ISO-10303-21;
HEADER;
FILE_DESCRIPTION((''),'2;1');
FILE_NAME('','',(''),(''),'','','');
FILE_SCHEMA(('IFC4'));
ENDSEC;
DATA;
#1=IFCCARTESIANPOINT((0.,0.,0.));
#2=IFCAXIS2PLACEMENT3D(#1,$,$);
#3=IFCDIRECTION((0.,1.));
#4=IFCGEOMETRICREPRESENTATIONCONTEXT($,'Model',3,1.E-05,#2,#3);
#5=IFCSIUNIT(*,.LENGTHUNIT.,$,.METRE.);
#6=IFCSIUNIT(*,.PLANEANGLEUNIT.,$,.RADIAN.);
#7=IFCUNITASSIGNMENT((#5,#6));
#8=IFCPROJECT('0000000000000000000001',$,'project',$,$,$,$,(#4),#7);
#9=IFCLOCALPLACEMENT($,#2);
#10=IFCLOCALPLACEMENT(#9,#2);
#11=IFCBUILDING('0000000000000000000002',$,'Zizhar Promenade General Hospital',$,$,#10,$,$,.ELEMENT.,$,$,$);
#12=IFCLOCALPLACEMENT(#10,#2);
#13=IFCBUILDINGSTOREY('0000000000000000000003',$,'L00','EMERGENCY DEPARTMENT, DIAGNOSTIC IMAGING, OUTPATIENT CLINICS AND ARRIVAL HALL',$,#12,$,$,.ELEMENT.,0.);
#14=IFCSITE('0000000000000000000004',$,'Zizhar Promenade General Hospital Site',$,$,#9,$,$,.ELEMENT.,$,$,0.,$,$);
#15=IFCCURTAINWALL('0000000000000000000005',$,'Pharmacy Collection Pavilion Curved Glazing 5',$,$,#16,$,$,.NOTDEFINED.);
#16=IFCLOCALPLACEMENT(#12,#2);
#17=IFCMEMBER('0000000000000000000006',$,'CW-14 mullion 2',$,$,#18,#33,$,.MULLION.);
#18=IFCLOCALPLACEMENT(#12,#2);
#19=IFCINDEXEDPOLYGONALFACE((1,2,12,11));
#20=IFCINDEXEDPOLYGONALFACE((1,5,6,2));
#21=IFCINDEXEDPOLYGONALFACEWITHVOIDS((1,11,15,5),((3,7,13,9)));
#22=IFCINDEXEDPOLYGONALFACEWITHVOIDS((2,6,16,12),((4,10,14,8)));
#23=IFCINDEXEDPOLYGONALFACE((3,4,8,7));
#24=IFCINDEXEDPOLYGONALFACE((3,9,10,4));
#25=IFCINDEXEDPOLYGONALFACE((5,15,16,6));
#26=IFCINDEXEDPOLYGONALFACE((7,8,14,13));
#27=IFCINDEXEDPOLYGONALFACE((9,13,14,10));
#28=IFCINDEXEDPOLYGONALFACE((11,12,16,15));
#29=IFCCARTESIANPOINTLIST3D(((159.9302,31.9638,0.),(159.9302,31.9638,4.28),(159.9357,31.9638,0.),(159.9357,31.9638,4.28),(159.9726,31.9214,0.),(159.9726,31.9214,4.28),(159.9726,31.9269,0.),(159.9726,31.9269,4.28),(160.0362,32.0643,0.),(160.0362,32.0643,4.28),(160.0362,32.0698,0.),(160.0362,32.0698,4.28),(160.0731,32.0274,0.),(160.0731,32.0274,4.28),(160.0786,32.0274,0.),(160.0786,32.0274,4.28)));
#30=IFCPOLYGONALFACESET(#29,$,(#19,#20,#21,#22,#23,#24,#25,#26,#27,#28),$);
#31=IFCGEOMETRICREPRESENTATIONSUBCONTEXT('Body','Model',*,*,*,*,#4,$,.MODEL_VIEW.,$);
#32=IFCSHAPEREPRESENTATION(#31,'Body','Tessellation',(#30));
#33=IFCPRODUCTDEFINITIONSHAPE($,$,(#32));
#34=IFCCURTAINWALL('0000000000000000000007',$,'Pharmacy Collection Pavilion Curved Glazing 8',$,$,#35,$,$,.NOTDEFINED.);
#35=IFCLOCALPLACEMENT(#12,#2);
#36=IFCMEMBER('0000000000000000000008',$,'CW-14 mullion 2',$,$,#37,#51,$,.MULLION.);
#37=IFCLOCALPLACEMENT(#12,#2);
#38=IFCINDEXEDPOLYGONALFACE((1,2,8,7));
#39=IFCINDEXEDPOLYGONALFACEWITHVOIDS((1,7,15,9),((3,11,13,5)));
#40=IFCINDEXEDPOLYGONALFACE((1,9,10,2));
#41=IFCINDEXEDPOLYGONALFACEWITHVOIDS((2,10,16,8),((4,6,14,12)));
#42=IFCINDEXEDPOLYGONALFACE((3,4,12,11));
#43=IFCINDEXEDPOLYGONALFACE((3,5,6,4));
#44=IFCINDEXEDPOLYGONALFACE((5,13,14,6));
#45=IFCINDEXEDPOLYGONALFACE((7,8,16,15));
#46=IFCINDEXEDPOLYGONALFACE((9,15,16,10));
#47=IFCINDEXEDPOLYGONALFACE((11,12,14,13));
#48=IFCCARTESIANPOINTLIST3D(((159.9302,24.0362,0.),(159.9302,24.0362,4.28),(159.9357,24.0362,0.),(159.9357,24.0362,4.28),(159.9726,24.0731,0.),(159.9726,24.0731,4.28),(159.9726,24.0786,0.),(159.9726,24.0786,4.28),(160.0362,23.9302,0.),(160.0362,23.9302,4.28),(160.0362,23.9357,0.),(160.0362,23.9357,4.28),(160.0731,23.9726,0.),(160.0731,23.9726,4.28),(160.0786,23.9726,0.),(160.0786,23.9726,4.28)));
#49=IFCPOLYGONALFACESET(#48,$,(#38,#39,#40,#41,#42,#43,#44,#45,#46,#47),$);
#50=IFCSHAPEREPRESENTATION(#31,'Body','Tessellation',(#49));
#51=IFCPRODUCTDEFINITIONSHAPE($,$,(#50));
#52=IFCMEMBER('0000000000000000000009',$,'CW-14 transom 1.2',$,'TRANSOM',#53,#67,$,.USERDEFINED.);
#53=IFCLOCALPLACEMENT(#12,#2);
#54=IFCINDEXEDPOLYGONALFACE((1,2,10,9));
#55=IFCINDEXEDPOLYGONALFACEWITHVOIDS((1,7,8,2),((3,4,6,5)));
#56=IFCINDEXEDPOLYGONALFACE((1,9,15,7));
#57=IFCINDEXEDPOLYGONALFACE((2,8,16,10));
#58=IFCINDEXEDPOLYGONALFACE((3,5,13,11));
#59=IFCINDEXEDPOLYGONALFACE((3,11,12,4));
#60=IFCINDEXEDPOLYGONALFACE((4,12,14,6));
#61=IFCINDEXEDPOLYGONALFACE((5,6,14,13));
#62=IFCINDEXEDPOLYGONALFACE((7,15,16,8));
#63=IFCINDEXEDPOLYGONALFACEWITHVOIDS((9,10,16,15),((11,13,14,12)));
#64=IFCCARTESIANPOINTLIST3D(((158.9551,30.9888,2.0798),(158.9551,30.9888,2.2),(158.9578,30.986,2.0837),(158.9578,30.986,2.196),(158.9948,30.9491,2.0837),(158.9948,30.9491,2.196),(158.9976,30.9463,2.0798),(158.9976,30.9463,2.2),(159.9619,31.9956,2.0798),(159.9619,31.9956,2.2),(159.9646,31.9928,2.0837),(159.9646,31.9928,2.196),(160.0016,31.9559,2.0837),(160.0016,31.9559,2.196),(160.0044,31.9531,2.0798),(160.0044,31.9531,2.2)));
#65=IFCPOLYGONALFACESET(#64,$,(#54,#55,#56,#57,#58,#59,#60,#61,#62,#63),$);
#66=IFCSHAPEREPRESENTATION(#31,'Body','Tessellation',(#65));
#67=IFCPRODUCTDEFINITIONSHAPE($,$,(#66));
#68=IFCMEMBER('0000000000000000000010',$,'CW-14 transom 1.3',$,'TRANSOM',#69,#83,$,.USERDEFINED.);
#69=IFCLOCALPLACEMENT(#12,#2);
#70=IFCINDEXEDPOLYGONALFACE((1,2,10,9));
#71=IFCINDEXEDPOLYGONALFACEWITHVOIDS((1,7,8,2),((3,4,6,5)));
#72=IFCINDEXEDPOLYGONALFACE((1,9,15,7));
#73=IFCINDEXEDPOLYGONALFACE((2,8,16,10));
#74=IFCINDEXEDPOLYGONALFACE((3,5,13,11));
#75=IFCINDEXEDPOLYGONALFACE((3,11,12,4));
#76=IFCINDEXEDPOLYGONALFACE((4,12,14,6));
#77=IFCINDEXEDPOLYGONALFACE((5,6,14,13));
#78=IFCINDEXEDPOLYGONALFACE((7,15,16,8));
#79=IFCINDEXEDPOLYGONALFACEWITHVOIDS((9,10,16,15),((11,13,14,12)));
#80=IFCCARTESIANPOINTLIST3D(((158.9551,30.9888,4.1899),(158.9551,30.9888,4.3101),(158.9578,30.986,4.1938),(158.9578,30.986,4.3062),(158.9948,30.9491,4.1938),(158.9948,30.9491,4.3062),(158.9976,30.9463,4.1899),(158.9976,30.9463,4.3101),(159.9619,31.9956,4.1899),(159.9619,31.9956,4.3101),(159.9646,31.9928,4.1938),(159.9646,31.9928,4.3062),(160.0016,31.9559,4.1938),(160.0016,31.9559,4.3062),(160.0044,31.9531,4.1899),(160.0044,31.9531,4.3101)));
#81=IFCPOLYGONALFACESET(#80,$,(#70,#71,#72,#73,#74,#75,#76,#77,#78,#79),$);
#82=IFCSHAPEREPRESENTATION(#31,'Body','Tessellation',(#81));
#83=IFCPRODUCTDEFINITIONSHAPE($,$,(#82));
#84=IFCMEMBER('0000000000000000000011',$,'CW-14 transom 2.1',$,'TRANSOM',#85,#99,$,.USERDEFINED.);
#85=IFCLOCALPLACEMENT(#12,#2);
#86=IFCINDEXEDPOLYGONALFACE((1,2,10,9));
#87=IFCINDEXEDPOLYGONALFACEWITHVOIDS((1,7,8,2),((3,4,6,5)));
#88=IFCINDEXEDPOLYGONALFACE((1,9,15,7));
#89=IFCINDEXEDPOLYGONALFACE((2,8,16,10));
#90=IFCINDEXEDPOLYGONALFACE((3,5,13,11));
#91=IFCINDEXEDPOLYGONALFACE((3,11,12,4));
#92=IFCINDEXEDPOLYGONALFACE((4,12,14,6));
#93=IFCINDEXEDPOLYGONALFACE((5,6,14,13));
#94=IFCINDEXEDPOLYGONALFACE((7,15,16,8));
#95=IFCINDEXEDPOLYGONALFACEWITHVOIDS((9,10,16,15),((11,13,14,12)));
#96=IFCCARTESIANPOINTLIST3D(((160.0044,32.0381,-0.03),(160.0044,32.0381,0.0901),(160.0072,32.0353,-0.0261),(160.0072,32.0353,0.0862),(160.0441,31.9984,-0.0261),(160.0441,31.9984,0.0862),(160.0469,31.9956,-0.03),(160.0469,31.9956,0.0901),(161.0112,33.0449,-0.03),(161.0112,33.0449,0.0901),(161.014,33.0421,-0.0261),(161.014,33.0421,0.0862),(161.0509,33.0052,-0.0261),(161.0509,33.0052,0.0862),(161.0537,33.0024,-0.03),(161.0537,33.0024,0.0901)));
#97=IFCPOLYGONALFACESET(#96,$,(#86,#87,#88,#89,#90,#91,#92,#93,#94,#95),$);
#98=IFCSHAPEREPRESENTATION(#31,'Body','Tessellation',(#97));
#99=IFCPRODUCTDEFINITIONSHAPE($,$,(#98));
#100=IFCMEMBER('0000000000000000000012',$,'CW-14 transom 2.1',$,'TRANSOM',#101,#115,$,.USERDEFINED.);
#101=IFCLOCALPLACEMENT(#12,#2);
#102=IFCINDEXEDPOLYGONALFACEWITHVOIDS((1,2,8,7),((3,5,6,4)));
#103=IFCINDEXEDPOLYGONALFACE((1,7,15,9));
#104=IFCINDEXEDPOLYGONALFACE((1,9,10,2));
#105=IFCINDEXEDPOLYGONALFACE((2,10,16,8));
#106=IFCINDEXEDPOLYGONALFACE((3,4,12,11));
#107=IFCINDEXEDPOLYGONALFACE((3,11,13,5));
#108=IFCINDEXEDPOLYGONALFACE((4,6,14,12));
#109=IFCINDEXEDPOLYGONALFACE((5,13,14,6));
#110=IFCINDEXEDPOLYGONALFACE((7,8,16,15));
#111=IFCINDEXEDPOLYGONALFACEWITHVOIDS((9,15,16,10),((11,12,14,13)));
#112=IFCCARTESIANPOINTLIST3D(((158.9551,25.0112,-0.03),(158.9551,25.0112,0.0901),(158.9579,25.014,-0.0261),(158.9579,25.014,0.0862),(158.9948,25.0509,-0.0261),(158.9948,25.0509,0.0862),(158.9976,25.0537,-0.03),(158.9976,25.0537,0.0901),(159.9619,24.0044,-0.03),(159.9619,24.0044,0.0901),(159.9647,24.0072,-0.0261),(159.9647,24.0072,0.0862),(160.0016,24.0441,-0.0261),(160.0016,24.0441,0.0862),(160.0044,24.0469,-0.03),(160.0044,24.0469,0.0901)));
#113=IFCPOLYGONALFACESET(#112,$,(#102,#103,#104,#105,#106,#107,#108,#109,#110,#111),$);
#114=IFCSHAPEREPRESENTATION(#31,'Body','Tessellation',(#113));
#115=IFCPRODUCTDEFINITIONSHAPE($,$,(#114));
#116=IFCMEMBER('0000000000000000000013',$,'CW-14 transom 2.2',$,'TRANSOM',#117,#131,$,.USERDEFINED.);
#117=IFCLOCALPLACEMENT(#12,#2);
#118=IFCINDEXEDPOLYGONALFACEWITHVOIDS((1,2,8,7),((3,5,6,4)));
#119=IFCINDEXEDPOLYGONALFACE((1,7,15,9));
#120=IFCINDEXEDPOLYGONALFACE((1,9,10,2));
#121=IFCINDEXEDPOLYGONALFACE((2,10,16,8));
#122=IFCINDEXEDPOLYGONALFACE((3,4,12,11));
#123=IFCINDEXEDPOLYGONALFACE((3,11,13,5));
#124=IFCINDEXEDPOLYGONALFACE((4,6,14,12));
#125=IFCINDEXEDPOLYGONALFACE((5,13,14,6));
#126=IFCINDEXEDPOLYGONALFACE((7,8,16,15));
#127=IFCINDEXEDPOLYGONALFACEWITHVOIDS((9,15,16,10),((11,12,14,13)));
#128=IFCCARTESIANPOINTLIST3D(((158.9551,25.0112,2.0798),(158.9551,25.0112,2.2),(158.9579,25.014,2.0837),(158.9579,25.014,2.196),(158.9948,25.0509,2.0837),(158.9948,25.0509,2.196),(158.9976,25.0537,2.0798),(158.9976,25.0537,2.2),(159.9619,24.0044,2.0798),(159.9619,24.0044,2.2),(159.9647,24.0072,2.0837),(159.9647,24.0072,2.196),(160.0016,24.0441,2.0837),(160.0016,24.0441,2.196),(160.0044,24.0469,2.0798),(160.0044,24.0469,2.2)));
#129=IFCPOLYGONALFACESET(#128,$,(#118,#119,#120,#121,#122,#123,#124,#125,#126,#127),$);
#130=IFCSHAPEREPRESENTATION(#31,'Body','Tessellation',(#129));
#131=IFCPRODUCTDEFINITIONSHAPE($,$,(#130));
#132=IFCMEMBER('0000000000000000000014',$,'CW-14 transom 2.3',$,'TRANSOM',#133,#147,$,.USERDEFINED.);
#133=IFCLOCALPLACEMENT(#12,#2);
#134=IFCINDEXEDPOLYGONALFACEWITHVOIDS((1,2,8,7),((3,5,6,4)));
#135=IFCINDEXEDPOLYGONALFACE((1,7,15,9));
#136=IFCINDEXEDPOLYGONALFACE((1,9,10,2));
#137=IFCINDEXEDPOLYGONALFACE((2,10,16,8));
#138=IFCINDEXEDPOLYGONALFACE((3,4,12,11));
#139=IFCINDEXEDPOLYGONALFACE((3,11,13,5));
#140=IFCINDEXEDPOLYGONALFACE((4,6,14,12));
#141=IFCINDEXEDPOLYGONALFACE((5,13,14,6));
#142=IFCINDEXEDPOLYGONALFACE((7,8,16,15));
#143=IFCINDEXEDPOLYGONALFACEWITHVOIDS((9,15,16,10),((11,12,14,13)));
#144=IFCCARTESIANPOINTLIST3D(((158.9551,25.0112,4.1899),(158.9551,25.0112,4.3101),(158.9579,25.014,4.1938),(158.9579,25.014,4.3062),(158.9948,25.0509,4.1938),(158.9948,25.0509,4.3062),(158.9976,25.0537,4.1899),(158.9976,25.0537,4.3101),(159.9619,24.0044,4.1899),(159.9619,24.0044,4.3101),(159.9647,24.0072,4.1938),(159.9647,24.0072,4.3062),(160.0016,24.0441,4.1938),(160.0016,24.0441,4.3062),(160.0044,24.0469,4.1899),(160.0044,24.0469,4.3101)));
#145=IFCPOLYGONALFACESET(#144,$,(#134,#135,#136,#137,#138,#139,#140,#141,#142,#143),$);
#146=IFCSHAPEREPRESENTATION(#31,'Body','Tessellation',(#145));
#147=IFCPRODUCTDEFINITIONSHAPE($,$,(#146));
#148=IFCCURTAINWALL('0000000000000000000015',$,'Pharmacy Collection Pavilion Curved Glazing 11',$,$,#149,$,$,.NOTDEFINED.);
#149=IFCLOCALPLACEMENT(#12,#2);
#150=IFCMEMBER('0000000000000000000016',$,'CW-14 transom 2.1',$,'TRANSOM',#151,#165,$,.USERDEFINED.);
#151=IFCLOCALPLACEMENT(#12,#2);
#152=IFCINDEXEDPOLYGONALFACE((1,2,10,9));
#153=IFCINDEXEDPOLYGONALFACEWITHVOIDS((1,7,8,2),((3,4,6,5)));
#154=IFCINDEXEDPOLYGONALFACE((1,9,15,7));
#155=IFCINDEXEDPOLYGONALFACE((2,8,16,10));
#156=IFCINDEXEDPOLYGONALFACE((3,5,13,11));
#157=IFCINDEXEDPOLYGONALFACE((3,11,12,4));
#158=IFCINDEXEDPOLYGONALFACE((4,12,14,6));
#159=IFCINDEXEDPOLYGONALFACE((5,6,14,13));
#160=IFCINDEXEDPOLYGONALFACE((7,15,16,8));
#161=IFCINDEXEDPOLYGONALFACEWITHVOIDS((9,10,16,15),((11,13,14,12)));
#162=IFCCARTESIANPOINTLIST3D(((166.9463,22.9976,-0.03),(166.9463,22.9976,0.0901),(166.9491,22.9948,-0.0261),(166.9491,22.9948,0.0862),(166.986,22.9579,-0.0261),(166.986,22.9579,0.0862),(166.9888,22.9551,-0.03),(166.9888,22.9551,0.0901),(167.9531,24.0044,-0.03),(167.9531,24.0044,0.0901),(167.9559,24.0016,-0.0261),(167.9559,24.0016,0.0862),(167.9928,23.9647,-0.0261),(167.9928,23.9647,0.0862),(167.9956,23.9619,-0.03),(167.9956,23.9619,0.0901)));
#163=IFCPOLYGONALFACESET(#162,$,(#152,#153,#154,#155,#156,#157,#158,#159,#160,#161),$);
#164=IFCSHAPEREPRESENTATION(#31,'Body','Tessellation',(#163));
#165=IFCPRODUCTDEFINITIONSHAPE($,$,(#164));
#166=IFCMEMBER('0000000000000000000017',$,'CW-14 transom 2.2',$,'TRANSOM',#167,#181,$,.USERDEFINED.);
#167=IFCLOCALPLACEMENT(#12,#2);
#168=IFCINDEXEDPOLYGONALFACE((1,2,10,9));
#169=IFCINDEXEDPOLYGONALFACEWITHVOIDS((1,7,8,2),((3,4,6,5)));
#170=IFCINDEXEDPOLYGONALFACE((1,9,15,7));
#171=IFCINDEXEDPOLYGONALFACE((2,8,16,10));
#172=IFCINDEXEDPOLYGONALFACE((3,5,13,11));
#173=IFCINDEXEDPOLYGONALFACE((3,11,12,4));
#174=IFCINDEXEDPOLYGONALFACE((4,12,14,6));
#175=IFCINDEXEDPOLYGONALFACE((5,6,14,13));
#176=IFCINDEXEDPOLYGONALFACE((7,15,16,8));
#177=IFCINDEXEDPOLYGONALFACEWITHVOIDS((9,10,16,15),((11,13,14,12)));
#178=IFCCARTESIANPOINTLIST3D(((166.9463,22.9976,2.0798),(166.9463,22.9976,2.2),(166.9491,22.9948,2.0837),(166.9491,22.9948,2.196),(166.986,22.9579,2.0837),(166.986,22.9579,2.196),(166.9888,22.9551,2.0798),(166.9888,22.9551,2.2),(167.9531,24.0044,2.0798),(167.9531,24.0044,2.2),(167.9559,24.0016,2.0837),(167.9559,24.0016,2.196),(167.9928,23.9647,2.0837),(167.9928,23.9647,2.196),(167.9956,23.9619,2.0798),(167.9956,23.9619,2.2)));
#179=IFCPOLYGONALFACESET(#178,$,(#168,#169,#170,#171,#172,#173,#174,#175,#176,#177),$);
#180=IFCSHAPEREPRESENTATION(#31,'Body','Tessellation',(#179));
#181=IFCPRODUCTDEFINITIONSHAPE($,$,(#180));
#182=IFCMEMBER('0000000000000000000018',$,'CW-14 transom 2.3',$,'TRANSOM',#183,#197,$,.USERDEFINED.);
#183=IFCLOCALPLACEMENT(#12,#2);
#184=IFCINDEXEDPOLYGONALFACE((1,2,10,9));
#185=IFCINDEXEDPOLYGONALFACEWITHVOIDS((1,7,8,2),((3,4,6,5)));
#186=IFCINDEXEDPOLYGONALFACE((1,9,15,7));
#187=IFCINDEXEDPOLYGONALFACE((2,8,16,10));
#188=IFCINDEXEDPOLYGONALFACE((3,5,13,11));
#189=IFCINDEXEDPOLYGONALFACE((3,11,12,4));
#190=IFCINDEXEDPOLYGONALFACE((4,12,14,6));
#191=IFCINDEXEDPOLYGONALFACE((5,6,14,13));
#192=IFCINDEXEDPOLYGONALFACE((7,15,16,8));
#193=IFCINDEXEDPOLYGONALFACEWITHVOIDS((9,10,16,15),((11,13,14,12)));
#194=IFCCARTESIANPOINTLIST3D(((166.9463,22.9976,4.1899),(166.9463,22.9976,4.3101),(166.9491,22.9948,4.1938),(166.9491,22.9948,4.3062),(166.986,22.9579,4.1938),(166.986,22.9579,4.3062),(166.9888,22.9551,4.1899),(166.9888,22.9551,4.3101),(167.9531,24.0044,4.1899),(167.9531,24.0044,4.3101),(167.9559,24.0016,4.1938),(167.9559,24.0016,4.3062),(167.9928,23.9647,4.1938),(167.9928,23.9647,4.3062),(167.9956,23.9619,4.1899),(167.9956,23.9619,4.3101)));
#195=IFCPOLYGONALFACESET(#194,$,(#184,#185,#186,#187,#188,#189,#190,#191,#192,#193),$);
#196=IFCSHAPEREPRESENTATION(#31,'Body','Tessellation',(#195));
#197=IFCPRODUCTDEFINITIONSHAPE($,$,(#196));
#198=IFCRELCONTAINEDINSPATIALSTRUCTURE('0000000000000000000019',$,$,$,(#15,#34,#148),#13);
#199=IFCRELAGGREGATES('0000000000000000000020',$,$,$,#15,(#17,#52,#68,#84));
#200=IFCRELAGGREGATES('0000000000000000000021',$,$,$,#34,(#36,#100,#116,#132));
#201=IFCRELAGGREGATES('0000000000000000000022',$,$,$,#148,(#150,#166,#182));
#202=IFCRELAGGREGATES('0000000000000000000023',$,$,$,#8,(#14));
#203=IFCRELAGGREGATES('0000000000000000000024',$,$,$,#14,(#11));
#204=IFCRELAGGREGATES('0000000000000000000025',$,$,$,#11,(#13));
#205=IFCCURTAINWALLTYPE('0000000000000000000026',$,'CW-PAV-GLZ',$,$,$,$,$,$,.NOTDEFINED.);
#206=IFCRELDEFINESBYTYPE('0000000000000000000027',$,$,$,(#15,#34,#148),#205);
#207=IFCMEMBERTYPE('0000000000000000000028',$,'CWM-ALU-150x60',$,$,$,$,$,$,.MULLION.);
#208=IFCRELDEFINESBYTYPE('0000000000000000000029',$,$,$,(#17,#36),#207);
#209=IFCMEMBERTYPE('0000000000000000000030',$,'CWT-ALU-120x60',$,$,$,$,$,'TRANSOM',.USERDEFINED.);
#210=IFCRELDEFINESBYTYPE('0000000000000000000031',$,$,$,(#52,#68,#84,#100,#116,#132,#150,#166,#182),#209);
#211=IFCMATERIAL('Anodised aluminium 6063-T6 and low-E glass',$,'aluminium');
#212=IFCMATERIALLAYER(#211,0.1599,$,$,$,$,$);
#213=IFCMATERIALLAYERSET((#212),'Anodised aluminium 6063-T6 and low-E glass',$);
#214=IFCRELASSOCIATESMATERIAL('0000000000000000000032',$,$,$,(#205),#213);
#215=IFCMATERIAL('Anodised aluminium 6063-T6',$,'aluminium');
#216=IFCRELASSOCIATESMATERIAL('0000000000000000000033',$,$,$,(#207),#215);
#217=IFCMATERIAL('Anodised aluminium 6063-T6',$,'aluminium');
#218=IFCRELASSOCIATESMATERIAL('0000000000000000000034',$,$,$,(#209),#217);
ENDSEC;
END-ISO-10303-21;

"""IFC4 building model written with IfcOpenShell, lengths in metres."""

from ifc_helpers import new_model, si_unit, direction, frame, origin, origin_2d, place, context, subcontext, project, spatial, hollow_rectangle, extrude, material, layer, layer_set, material_profile, profile_set, type_object, element, aggregate, save


model = new_model("IFC4")

# Units and contexts
model_context = context("Model", 3, precision=1e-05, world=origin(), true_north=direction((0.0, 1.0)))
body_context = subcontext(model_context, "Body", "Model", "MODEL_VIEW")
ifc_project = project(units=[si_unit("LENGTHUNIT", "METRE"), si_unit("PLANEANGLEUNIT", "RADIAN")], contexts=[model_context])

# Site, building, storey
site_placement = place(None, origin())
site = spatial("IfcSite", under=ifc_project, at=site_placement, Name="Zizhar Promenade General Hospital Site", CompositionType="ELEMENT", RefElevation=0.0)
building_placement = place(site_placement, origin())
building = spatial("IfcBuilding", under=site, at=building_placement, Name="Zizhar Promenade General Hospital", CompositionType="ELEMENT")
storey_placement = place(building_placement, origin())
storey = spatial("IfcBuildingStorey", under=building, at=storey_placement, Name="L00", Description="EMERGENCY DEPARTMENT, DIAGNOSTIC IMAGING, OUTPATIENT CLINICS AND ARRIVAL HALL", CompositionType="ELEMENT", Elevation=0.0)

# Curtain walls, members
ifc_material_1 = material(Name="Anodised aluminium 6063-T6 and low-E glass", Category="aluminium")
ifc_layer_1 = layer(ifc_material_1, 0.1599)
ifc_layer_set_1 = layer_set([ifc_layer_1], Name="Anodised aluminium 6063-T6 and low-E glass")
curtain_wall_type = type_object("IfcCurtainWallType", Name="CW-PAV-GLZ", PredefinedType="NOTDEFINED", material=ifc_layer_set_1)
curtain_wall_1_placement = place(storey_placement, origin())
curtain_wall_1 = element("IfcCurtainWall", 1, at=curtain_wall_1_placement, inside=storey, type_object=curtain_wall_type, Name="Pharmacy Collection Pavilion Curved Glazing 5", PredefinedType="NOTDEFINED")
ifc_material_2 = material(Name="Anodised aluminium 6063-T6", Category="aluminium")
ifc_material_profile_1 = material_profile(ifc_material_2, hollow_rectangle(XDim=0.0601, YDim=0.1499, WallThickness=0.0039, at=origin_2d()))
ifc_profile_set_1 = profile_set([ifc_material_profile_1], Name="Anodised aluminium 6063-T6")
member_type_1 = type_object("IfcMemberType", Name="CWM-ALU-150x60", PredefinedType="MULLION", material=ifc_profile_set_1)
member_1_placement = place(storey_placement, frame((160.0044, 31.9956, 0.0), z_axis=(0.0, 0.0, 1.0), x_axis=(-0.707107, 0.707107, 0.0)))
member_1 = element("IfcMember", 2, at=member_1_placement, type_object=member_type_1, Name="CW-14 mullion 2", PredefinedType="MULLION", context=body_context, shape_type="SweptSolid", body=[
    extrude(hollow_rectangle(XDim=0.0601, YDim=0.1499, WallThickness=0.0039, at=origin_2d()), origin(), (0.0, 0.0, 1.0), 4.28),
])
curtain_wall_2_placement = place(storey_placement, origin())
curtain_wall_2 = element("IfcCurtainWall", 3, at=curtain_wall_2_placement, inside=storey, type_object=curtain_wall_type, Name="Pharmacy Collection Pavilion Curved Glazing 8", PredefinedType="NOTDEFINED")
member_2_placement = place(storey_placement, frame((160.0044, 24.0044, 0.0), z_axis=(0.0, 0.0, 1.0), x_axis=(-0.707107, -0.707107, 0.0)))
member_2 = element("IfcMember", 4, at=member_2_placement, type_object=member_type_1, Name="CW-14 mullion 2", PredefinedType="MULLION", context=body_context, shape_type="SweptSolid", body=[
    extrude(hollow_rectangle(XDim=0.0601, YDim=0.1499, WallThickness=0.0039, at=origin_2d()), origin(), (0.0, 0.0, 1.0), 4.28),
])

# Members
ifc_material_3 = material(Name="Anodised aluminium 6063-T6", Category="aluminium")
ifc_material_profile_2 = material_profile(ifc_material_3, hollow_rectangle(XDim=0.0601, YDim=0.1201, WallThickness=0.0039, at=origin_2d()))
ifc_profile_set_2 = profile_set([ifc_material_profile_2], Name="Anodised aluminium 6063-T6")
member_type_2 = type_object("IfcMemberType", Name="CWT-ALU-120x60", ElementType="TRANSOM", PredefinedType="USERDEFINED", material=ifc_profile_set_2)
member_3_placement = place(storey_placement, frame((158.9763, 30.9675, 2.1399), z_axis=(0.707107, 0.707107, 0.0), x_axis=(-0.707107, 0.707107, 0.0)))
member_3 = element("IfcMember", 5, at=member_3_placement, type_object=member_type_2, Name="CW-14 transom 1.2", ObjectType="TRANSOM", PredefinedType="USERDEFINED", context=body_context, shape_type="SweptSolid", body=[
    extrude(hollow_rectangle(XDim=0.0601, YDim=0.1201, WallThickness=0.0039, at=origin_2d()), origin(), (0.0, 0.0, 1.0), 1.4238),
])
member_4_placement = place(storey_placement, frame((158.9763, 30.9675, 4.25), z_axis=(0.707107, 0.707107, 0.0), x_axis=(-0.707107, 0.707107, 0.0)))
member_4 = element("IfcMember", 6, at=member_4_placement, type_object=member_type_2, Name="CW-14 transom 1.3", ObjectType="TRANSOM", PredefinedType="USERDEFINED", context=body_context, shape_type="SweptSolid", body=[
    extrude(hollow_rectangle(XDim=0.0601, YDim=0.1201, WallThickness=0.0039, at=origin_2d()), origin(), (0.0, 0.0, 1.0), 1.4238),
])
member_5_placement = place(storey_placement, frame((160.0256, 32.0168, 0.03), z_axis=(0.707107, 0.707107, 0.0), x_axis=(-0.707107, 0.707107, 0.0)))
member_5 = element("IfcMember", 7, at=member_5_placement, type_object=member_type_2, Name="CW-14 transom 2.1", ObjectType="TRANSOM", PredefinedType="USERDEFINED", context=body_context, shape_type="SweptSolid", body=[
    extrude(hollow_rectangle(XDim=0.0601, YDim=0.1201, WallThickness=0.0039, at=origin_2d()), origin(), (0.0, 0.0, 1.0), 1.4238),
])
member_6_placement = place(storey_placement, frame((159.9832, 24.0256, 0.03), z_axis=(-0.707107, 0.707107, 0.0), x_axis=(-0.707107, -0.707107, 0.0)))
member_6 = element("IfcMember", 8, at=member_6_placement, type_object=member_type_2, Name="CW-14 transom 2.1", ObjectType="TRANSOM", PredefinedType="USERDEFINED", context=body_context, shape_type="SweptSolid", body=[
    extrude(hollow_rectangle(XDim=0.0601, YDim=0.1201, WallThickness=0.0039, at=origin_2d()), origin(), (0.0, 0.0, 1.0), 1.4238),
])
member_7_placement = place(storey_placement, frame((159.9832, 24.0256, 2.1399), z_axis=(-0.707107, 0.707107, 0.0), x_axis=(-0.707107, -0.707107, 0.0)))
member_7 = element("IfcMember", 9, at=member_7_placement, type_object=member_type_2, Name="CW-14 transom 2.2", ObjectType="TRANSOM", PredefinedType="USERDEFINED", context=body_context, shape_type="SweptSolid", body=[
    extrude(hollow_rectangle(XDim=0.0601, YDim=0.1201, WallThickness=0.0039, at=origin_2d()), origin(), (0.0, 0.0, 1.0), 1.4238),
])
member_8_placement = place(storey_placement, frame((159.9832, 24.0256, 4.25), z_axis=(-0.707107, 0.707107, 0.0), x_axis=(-0.707107, -0.707107, 0.0)))
member_8 = element("IfcMember", 10, at=member_8_placement, type_object=member_type_2, Name="CW-14 transom 2.3", ObjectType="TRANSOM", PredefinedType="USERDEFINED", context=body_context, shape_type="SweptSolid", body=[
    extrude(hollow_rectangle(XDim=0.0601, YDim=0.1201, WallThickness=0.0039, at=origin_2d()), origin(), (0.0, 0.0, 1.0), 1.4238),
])

# Curtain wall, members
curtain_wall_3_placement = place(storey_placement, origin())
curtain_wall_3 = element("IfcCurtainWall", 11, at=curtain_wall_3_placement, inside=storey, type_object=curtain_wall_type, Name="Pharmacy Collection Pavilion Curved Glazing 11", PredefinedType="NOTDEFINED")
member_9_placement = place(storey_placement, frame((167.9744, 23.9832, 0.03), z_axis=(-0.707107, -0.707107, 0.0), x_axis=(0.707107, -0.707107, 0.0)))
member_9 = element("IfcMember", 12, at=member_9_placement, type_object=member_type_2, Name="CW-14 transom 2.1", ObjectType="TRANSOM", PredefinedType="USERDEFINED", context=body_context, shape_type="SweptSolid", body=[
    extrude(hollow_rectangle(XDim=0.0601, YDim=0.1201, WallThickness=0.0039, at=origin_2d()), origin(), (0.0, 0.0, 1.0), 1.4238),
])
member_10_placement = place(storey_placement, frame((167.9744, 23.9832, 2.1399), z_axis=(-0.707107, -0.707107, 0.0), x_axis=(0.707107, -0.707107, 0.0)))
member_10 = element("IfcMember", 13, at=member_10_placement, type_object=member_type_2, Name="CW-14 transom 2.2", ObjectType="TRANSOM", PredefinedType="USERDEFINED", context=body_context, shape_type="SweptSolid", body=[
    extrude(hollow_rectangle(XDim=0.0601, YDim=0.1201, WallThickness=0.0039, at=origin_2d()), origin(), (0.0, 0.0, 1.0), 1.4238),
])
member_11_placement = place(storey_placement, frame((167.9744, 23.9832, 4.25), z_axis=(-0.707107, -0.707107, 0.0), x_axis=(0.707107, -0.707107, 0.0)))
member_11 = element("IfcMember", 14, at=member_11_placement, type_object=member_type_2, Name="CW-14 transom 2.3", ObjectType="TRANSOM", PredefinedType="USERDEFINED", context=body_context, shape_type="SweptSolid", body=[
    extrude(hollow_rectangle(XDim=0.0601, YDim=0.1201, WallThickness=0.0039, at=origin_2d()), origin(), (0.0, 0.0, 1.0), 1.4238),
])

aggregate(curtain_wall_1, [member_1, member_3, member_4, member_5])
aggregate(curtain_wall_2, [member_2, member_6, member_7, member_8])
aggregate(curtain_wall_3, [member_9, member_10, member_11])

save(model, "model.ifc")
